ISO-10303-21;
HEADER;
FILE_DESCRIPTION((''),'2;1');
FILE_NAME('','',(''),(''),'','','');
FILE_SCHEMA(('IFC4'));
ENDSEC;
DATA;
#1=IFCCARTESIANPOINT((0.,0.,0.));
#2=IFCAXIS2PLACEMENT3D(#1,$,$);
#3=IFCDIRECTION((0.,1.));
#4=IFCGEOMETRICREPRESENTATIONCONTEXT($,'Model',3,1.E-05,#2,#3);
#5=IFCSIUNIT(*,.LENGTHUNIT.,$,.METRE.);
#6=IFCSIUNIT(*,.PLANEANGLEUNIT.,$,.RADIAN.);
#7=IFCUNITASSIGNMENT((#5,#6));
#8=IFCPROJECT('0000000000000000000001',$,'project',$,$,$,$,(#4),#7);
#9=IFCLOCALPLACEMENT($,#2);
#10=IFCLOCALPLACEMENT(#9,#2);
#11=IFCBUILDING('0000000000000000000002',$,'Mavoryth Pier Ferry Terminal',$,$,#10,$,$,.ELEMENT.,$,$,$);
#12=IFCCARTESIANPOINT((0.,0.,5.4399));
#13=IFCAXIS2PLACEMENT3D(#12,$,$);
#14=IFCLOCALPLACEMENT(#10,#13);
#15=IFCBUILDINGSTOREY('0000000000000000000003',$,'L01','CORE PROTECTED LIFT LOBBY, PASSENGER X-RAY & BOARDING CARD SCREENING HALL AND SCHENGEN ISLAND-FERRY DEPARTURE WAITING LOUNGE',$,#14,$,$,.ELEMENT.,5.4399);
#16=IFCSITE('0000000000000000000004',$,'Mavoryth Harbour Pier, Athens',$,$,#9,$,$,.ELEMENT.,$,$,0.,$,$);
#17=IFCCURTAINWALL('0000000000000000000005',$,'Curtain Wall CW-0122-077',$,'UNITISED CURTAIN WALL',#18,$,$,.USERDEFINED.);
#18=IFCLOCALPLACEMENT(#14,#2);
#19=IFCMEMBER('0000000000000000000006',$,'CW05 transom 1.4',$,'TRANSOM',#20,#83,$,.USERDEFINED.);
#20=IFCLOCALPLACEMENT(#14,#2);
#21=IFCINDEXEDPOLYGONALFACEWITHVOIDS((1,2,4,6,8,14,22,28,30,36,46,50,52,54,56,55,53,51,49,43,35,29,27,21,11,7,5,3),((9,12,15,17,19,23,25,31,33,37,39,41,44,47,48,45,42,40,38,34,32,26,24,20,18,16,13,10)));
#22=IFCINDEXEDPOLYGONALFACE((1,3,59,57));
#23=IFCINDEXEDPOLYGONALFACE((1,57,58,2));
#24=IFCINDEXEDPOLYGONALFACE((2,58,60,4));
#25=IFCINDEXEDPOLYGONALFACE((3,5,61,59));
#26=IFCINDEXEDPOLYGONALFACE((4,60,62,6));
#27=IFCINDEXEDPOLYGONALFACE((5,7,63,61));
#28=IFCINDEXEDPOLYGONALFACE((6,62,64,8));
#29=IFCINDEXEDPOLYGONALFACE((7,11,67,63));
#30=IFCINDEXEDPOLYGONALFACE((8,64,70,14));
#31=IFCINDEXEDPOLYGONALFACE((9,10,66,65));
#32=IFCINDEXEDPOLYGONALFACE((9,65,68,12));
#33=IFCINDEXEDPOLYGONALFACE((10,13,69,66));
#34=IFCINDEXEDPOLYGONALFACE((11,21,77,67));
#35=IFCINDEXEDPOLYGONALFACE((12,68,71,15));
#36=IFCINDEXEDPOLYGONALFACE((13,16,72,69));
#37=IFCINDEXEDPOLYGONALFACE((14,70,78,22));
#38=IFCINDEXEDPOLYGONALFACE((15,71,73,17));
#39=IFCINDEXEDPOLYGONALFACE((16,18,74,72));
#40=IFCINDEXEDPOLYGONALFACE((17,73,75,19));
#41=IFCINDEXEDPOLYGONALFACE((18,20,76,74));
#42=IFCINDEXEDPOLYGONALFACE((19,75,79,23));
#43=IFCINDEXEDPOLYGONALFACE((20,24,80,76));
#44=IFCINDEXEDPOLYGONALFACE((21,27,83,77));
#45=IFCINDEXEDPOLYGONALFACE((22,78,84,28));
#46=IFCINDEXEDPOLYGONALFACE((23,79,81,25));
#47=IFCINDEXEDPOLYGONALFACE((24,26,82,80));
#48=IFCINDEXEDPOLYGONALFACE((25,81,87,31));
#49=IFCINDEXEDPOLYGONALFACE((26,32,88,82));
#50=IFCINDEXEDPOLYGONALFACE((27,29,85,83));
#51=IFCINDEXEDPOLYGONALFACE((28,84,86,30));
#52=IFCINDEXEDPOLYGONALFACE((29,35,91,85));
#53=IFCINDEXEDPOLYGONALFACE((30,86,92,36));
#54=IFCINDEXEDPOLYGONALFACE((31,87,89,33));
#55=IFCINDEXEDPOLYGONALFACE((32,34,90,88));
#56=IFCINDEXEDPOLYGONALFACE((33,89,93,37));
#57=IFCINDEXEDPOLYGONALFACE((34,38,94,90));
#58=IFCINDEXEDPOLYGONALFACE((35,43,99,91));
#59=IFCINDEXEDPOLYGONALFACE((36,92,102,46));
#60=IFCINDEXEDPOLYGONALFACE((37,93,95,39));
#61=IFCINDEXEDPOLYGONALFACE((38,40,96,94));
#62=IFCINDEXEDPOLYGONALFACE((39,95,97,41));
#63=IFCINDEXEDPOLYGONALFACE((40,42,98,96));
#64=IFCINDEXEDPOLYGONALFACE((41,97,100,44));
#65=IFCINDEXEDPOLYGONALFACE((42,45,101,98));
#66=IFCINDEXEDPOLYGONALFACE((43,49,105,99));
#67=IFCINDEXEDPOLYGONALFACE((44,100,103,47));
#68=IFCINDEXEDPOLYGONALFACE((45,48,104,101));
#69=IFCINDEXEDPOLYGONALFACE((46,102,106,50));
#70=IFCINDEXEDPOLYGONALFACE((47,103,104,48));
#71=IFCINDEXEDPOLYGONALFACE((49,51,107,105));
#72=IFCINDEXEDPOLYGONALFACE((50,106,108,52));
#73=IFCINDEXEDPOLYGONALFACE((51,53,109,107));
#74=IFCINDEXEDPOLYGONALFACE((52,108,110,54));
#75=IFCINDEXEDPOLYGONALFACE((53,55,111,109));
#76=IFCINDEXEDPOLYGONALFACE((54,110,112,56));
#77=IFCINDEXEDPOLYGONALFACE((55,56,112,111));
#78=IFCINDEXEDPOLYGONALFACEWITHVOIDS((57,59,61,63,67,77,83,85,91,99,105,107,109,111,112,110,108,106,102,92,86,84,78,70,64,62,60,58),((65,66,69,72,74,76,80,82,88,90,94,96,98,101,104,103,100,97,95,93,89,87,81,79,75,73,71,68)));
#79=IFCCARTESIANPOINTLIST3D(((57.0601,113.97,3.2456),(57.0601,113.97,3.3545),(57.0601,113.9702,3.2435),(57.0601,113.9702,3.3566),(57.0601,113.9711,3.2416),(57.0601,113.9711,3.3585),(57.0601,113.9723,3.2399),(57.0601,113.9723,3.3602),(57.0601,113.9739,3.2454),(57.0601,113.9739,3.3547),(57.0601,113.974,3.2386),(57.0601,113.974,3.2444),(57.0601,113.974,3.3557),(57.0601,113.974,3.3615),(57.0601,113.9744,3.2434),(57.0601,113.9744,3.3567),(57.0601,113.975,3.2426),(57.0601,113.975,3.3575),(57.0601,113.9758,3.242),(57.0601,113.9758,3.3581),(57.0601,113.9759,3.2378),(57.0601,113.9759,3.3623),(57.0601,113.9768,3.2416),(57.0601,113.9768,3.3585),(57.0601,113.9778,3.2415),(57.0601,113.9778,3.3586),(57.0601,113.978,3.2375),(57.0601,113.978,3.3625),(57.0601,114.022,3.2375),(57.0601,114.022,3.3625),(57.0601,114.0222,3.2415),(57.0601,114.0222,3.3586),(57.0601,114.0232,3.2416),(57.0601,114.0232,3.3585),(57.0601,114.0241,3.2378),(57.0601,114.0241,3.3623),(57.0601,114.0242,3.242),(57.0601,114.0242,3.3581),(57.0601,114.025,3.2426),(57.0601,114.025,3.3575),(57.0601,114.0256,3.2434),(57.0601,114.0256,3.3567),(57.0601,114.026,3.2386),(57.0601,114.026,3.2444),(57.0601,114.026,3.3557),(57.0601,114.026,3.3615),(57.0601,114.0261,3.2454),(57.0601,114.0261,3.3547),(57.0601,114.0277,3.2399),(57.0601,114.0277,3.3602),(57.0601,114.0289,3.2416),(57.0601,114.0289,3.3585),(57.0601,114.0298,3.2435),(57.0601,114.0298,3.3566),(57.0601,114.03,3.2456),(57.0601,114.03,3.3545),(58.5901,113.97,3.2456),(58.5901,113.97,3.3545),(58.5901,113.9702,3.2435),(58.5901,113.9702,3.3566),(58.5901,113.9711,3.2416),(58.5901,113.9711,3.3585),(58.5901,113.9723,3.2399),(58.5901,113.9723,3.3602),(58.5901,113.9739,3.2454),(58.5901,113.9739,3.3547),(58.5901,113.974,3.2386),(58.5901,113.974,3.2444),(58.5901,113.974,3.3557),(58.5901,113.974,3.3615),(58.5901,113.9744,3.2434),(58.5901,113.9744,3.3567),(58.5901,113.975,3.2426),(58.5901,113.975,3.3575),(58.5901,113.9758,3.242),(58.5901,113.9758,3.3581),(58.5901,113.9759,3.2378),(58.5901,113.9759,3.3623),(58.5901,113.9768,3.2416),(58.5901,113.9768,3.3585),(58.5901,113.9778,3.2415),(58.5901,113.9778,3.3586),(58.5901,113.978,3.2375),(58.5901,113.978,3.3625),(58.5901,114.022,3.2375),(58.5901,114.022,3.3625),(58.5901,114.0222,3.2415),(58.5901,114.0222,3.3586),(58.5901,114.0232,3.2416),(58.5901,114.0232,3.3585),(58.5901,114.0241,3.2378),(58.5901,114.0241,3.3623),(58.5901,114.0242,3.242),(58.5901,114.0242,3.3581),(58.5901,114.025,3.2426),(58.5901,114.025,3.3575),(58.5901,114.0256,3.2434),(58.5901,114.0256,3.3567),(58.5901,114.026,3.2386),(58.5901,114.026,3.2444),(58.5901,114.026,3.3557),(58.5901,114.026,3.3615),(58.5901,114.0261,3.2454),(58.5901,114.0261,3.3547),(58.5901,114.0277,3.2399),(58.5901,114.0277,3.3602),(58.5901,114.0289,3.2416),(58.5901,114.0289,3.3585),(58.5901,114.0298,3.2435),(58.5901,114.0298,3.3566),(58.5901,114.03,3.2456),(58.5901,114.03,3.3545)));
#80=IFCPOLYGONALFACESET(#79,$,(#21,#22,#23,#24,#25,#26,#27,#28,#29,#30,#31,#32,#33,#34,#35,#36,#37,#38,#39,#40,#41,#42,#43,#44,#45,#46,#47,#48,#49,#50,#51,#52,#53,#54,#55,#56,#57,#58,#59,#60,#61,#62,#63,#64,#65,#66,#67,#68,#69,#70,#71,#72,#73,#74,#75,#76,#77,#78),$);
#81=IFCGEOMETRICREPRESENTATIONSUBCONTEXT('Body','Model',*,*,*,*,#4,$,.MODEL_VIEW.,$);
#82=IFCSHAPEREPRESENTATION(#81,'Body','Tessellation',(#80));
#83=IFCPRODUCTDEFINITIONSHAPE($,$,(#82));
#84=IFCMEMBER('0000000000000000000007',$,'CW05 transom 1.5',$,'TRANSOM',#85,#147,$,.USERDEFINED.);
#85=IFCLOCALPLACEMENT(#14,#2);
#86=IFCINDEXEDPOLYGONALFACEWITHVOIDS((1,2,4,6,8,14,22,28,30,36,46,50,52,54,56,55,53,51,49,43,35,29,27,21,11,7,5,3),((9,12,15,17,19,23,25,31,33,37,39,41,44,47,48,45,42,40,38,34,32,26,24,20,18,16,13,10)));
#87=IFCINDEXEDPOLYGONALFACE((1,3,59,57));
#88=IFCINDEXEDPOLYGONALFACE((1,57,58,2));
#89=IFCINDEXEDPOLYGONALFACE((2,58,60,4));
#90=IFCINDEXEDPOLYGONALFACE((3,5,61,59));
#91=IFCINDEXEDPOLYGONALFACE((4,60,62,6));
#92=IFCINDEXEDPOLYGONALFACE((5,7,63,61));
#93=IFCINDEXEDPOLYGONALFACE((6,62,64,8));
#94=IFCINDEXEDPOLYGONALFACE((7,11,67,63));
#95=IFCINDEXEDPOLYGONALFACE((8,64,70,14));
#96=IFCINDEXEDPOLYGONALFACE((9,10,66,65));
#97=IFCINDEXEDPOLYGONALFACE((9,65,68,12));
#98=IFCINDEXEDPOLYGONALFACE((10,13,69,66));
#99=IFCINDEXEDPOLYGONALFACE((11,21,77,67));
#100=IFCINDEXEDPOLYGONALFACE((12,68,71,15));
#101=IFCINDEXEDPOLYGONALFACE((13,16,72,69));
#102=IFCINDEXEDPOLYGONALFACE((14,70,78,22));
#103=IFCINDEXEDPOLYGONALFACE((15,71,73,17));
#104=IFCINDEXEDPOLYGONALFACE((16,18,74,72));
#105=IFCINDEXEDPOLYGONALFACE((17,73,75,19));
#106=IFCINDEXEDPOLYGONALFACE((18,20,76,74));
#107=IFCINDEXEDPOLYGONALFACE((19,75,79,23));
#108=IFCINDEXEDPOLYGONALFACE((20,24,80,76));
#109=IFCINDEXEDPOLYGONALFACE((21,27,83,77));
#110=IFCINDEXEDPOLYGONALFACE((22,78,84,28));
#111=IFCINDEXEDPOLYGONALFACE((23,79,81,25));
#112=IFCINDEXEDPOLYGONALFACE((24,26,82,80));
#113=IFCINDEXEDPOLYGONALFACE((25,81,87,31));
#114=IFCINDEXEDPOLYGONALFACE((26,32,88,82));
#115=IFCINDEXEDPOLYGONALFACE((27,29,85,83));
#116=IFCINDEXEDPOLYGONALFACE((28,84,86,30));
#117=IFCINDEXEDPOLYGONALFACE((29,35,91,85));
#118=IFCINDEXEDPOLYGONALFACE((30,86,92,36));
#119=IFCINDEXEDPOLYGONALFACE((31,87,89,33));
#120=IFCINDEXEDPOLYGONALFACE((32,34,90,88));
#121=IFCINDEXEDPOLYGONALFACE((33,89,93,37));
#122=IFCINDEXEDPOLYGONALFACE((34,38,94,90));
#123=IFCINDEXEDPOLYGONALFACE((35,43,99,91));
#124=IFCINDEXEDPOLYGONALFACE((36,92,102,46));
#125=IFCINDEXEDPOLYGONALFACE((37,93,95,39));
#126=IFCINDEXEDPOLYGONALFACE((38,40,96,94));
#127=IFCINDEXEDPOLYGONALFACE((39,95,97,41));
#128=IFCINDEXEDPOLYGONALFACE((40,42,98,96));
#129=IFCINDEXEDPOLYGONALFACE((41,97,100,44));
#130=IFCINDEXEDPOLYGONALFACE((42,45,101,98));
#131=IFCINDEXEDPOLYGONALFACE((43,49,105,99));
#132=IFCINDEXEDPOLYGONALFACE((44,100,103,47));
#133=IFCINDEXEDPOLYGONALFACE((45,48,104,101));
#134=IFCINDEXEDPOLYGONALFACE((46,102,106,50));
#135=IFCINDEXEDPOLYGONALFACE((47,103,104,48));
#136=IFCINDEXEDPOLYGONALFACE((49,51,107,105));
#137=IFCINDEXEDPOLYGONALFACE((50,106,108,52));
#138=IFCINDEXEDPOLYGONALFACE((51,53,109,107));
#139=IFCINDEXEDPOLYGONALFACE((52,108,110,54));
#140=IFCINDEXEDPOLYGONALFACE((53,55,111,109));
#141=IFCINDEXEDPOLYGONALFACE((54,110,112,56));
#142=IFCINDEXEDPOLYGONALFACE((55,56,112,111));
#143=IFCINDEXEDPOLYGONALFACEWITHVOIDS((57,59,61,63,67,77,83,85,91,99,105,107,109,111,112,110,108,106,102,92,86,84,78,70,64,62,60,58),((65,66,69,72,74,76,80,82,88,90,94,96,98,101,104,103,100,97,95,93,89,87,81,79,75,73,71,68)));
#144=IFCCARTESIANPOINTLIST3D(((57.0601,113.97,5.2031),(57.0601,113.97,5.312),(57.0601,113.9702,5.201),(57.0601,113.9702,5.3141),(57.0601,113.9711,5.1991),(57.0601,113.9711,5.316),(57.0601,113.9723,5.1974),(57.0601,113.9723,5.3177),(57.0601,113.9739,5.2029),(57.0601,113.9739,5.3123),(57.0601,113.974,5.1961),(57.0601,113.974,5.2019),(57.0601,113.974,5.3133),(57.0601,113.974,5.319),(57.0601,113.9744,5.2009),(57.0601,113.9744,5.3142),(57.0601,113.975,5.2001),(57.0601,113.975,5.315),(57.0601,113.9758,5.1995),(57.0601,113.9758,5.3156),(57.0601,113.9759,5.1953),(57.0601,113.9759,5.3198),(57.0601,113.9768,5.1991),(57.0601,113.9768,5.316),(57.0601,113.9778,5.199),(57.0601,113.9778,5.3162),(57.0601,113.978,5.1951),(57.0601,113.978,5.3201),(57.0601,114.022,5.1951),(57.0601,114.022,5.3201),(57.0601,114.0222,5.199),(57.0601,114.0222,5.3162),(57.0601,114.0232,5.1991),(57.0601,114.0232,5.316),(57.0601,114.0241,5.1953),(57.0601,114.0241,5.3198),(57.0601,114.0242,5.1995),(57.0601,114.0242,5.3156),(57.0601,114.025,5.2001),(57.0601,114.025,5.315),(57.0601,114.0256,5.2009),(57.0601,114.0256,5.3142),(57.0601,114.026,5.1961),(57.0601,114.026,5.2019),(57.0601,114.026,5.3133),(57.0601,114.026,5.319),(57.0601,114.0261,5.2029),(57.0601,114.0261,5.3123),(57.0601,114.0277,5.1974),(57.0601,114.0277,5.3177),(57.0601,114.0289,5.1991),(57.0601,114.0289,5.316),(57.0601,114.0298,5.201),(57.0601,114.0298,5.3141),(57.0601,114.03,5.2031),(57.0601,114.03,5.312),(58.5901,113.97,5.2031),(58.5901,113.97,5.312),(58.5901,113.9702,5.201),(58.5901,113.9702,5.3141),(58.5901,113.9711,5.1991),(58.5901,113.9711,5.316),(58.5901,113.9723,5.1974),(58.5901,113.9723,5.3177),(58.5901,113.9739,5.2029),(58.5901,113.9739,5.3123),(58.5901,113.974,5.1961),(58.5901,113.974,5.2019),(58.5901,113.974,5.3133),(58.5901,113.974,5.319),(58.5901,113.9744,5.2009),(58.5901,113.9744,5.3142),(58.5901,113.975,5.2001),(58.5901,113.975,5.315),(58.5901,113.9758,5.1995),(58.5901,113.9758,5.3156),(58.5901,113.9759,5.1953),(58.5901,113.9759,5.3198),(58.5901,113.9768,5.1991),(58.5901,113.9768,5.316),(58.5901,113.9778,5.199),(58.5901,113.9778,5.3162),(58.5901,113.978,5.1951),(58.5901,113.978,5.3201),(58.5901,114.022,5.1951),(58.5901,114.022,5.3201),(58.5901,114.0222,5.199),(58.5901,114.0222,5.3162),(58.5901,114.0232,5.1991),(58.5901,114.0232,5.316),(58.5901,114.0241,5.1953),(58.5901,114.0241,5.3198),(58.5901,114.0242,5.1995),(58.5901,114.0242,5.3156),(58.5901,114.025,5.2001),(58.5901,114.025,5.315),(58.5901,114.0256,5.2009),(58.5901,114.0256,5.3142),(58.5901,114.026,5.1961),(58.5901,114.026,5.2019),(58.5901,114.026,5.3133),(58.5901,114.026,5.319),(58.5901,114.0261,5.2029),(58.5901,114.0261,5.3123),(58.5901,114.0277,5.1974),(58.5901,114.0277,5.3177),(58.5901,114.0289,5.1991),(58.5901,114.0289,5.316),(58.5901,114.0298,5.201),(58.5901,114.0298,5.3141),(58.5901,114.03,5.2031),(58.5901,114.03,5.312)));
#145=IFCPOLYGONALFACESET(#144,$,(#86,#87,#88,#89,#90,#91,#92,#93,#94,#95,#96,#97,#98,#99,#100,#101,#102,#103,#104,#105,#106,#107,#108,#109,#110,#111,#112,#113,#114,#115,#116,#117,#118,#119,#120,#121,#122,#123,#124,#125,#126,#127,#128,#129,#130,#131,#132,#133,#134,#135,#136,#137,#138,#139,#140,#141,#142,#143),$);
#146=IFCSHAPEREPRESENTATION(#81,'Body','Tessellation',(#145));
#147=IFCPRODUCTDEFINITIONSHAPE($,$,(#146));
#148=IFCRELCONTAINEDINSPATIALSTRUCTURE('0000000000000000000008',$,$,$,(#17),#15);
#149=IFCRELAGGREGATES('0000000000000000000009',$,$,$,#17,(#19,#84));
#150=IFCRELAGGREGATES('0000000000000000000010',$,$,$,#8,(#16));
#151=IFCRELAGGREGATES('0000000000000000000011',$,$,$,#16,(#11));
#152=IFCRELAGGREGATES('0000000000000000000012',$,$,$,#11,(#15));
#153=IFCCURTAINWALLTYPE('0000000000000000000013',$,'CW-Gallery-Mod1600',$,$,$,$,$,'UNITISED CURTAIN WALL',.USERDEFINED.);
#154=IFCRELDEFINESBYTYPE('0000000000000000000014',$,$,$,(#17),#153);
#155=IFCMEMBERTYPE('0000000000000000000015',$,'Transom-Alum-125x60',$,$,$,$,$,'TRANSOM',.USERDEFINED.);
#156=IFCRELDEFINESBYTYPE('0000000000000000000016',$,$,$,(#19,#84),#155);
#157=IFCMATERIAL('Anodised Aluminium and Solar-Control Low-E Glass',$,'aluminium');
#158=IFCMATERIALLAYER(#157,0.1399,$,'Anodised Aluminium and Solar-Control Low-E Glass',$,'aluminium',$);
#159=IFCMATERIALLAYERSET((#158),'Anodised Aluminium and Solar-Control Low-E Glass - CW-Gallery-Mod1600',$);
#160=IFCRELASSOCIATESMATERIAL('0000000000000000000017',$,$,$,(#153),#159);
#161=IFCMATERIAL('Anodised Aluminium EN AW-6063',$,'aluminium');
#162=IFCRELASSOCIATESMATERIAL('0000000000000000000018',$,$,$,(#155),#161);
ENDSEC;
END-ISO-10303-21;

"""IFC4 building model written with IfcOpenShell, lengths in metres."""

from ifc_helpers import new_model, si_unit, direction, frame, origin, origin_2d, place, context, subcontext, project, spatial, hollow_rectangle, extrude, material, layer, layer_set, material_profile, profile_set, type_object, element, aggregate, save


model = new_model("IFC4")

# Units and contexts
model_context = context("Model", 3, precision=1e-05, world=origin(), true_north=direction((0.0, 1.0)))
body_context = subcontext(model_context, "Body", "Model", "MODEL_VIEW")
ifc_project = project(units=[si_unit("LENGTHUNIT", "METRE"), si_unit("PLANEANGLEUNIT", "RADIAN")], contexts=[model_context])

# Site, building, storey
site_placement = place(None, origin())
site = spatial("IfcSite", under=ifc_project, at=site_placement, Name="Mavoryth Harbour Pier, Athens", CompositionType="ELEMENT", RefElevation=0.0)
building_placement = place(site_placement, origin())
building = spatial("IfcBuilding", under=site, at=building_placement, Name="Mavoryth Pier Ferry Terminal", CompositionType="ELEMENT")
storey_placement = place(building_placement, frame((0.0, 0.0, 5.4399)))
storey = spatial("IfcBuildingStorey", under=building, at=storey_placement, Name="L01", Description="CORE PROTECTED LIFT LOBBY, PASSENGER X-RAY & BOARDING CARD SCREENING HALL AND SCHENGEN ISLAND-FERRY DEPARTURE WAITING LOUNGE", CompositionType="ELEMENT", Elevation=5.4399)

# Curtain wall
ifc_material_1 = material(Name="Anodised Aluminium and Solar-Control Low-E Glass", Category="aluminium")
ifc_layer_1 = layer(ifc_material_1, 0.1399, Name="Anodised Aluminium and Solar-Control Low-E Glass", Category="aluminium")
ifc_layer_set_1 = layer_set([ifc_layer_1], Name="Anodised Aluminium and Solar-Control Low-E Glass - CW-Gallery-Mod1600")
curtain_wall_type = type_object("IfcCurtainWallType", Name="CW-Gallery-Mod1600", ElementType="UNITISED CURTAIN WALL", PredefinedType="USERDEFINED", material=ifc_layer_set_1)
curtain_wall_1_placement = place(storey_placement, origin())
curtain_wall_1 = element("IfcCurtainWall", 1, at=curtain_wall_1_placement, inside=storey, type_object=curtain_wall_type, Name="Curtain Wall CW-0122-077", ObjectType="UNITISED CURTAIN WALL", PredefinedType="USERDEFINED")
ifc_material_2 = material(Name="Anodised Aluminium EN AW-6063", Category="aluminium")

# Members
ifc_material_profile_1 = material_profile(ifc_material_2, hollow_rectangle(XDim=0.0601, YDim=0.125, WallThickness=0.0039, InnerFilletRadius=0.0039, OuterFilletRadius=0.0081, at=origin_2d()), Name="AL-TRAN 125x60x4", Category="aluminium")
ifc_profile_set_1 = profile_set([ifc_material_profile_1], Name="Anodised Aluminium EN AW-6063 - AL-TRAN 125x60x4")
member_type_1 = type_object("IfcMemberType", Name="Transom-Alum-125x60", ElementType="TRANSOM", PredefinedType="USERDEFINED", material=ifc_profile_set_1)
member_1_placement = place(storey_placement, frame((58.5901, 114.0, 3.3), z_axis=(-1.0, 0.0, 0.0), x_axis=(0.0, -1.0, 0.0)))
member_1 = element("IfcMember", 2, at=member_1_placement, type_object=member_type_1, Name="CW05 transom 1.4", ObjectType="TRANSOM", PredefinedType="USERDEFINED", context=body_context, shape_type="SweptSolid", body=[
    extrude(hollow_rectangle(XDim=0.0601, YDim=0.125, WallThickness=0.0039, InnerFilletRadius=0.0039, OuterFilletRadius=0.0081, at=origin_2d()), origin(), (0.0, 0.0, 1.0), 1.53),
])
member_2_placement = place(storey_placement, frame((58.5901, 114.0, 5.2576), z_axis=(-1.0, 0.0, 0.0), x_axis=(0.0, -1.0, 0.0)))
member_2 = element("IfcMember", 3, at=member_2_placement, type_object=member_type_1, Name="CW05 transom 1.5", ObjectType="TRANSOM", PredefinedType="USERDEFINED", context=body_context, shape_type="SweptSolid", body=[
    extrude(hollow_rectangle(XDim=0.0601, YDim=0.125, WallThickness=0.0039, InnerFilletRadius=0.0039, OuterFilletRadius=0.0081, at=origin_2d()), origin(), (0.0, 0.0, 1.0), 1.53),
])

aggregate(curtain_wall_1, [member_1, member_2])

save(model, "model.ifc")
